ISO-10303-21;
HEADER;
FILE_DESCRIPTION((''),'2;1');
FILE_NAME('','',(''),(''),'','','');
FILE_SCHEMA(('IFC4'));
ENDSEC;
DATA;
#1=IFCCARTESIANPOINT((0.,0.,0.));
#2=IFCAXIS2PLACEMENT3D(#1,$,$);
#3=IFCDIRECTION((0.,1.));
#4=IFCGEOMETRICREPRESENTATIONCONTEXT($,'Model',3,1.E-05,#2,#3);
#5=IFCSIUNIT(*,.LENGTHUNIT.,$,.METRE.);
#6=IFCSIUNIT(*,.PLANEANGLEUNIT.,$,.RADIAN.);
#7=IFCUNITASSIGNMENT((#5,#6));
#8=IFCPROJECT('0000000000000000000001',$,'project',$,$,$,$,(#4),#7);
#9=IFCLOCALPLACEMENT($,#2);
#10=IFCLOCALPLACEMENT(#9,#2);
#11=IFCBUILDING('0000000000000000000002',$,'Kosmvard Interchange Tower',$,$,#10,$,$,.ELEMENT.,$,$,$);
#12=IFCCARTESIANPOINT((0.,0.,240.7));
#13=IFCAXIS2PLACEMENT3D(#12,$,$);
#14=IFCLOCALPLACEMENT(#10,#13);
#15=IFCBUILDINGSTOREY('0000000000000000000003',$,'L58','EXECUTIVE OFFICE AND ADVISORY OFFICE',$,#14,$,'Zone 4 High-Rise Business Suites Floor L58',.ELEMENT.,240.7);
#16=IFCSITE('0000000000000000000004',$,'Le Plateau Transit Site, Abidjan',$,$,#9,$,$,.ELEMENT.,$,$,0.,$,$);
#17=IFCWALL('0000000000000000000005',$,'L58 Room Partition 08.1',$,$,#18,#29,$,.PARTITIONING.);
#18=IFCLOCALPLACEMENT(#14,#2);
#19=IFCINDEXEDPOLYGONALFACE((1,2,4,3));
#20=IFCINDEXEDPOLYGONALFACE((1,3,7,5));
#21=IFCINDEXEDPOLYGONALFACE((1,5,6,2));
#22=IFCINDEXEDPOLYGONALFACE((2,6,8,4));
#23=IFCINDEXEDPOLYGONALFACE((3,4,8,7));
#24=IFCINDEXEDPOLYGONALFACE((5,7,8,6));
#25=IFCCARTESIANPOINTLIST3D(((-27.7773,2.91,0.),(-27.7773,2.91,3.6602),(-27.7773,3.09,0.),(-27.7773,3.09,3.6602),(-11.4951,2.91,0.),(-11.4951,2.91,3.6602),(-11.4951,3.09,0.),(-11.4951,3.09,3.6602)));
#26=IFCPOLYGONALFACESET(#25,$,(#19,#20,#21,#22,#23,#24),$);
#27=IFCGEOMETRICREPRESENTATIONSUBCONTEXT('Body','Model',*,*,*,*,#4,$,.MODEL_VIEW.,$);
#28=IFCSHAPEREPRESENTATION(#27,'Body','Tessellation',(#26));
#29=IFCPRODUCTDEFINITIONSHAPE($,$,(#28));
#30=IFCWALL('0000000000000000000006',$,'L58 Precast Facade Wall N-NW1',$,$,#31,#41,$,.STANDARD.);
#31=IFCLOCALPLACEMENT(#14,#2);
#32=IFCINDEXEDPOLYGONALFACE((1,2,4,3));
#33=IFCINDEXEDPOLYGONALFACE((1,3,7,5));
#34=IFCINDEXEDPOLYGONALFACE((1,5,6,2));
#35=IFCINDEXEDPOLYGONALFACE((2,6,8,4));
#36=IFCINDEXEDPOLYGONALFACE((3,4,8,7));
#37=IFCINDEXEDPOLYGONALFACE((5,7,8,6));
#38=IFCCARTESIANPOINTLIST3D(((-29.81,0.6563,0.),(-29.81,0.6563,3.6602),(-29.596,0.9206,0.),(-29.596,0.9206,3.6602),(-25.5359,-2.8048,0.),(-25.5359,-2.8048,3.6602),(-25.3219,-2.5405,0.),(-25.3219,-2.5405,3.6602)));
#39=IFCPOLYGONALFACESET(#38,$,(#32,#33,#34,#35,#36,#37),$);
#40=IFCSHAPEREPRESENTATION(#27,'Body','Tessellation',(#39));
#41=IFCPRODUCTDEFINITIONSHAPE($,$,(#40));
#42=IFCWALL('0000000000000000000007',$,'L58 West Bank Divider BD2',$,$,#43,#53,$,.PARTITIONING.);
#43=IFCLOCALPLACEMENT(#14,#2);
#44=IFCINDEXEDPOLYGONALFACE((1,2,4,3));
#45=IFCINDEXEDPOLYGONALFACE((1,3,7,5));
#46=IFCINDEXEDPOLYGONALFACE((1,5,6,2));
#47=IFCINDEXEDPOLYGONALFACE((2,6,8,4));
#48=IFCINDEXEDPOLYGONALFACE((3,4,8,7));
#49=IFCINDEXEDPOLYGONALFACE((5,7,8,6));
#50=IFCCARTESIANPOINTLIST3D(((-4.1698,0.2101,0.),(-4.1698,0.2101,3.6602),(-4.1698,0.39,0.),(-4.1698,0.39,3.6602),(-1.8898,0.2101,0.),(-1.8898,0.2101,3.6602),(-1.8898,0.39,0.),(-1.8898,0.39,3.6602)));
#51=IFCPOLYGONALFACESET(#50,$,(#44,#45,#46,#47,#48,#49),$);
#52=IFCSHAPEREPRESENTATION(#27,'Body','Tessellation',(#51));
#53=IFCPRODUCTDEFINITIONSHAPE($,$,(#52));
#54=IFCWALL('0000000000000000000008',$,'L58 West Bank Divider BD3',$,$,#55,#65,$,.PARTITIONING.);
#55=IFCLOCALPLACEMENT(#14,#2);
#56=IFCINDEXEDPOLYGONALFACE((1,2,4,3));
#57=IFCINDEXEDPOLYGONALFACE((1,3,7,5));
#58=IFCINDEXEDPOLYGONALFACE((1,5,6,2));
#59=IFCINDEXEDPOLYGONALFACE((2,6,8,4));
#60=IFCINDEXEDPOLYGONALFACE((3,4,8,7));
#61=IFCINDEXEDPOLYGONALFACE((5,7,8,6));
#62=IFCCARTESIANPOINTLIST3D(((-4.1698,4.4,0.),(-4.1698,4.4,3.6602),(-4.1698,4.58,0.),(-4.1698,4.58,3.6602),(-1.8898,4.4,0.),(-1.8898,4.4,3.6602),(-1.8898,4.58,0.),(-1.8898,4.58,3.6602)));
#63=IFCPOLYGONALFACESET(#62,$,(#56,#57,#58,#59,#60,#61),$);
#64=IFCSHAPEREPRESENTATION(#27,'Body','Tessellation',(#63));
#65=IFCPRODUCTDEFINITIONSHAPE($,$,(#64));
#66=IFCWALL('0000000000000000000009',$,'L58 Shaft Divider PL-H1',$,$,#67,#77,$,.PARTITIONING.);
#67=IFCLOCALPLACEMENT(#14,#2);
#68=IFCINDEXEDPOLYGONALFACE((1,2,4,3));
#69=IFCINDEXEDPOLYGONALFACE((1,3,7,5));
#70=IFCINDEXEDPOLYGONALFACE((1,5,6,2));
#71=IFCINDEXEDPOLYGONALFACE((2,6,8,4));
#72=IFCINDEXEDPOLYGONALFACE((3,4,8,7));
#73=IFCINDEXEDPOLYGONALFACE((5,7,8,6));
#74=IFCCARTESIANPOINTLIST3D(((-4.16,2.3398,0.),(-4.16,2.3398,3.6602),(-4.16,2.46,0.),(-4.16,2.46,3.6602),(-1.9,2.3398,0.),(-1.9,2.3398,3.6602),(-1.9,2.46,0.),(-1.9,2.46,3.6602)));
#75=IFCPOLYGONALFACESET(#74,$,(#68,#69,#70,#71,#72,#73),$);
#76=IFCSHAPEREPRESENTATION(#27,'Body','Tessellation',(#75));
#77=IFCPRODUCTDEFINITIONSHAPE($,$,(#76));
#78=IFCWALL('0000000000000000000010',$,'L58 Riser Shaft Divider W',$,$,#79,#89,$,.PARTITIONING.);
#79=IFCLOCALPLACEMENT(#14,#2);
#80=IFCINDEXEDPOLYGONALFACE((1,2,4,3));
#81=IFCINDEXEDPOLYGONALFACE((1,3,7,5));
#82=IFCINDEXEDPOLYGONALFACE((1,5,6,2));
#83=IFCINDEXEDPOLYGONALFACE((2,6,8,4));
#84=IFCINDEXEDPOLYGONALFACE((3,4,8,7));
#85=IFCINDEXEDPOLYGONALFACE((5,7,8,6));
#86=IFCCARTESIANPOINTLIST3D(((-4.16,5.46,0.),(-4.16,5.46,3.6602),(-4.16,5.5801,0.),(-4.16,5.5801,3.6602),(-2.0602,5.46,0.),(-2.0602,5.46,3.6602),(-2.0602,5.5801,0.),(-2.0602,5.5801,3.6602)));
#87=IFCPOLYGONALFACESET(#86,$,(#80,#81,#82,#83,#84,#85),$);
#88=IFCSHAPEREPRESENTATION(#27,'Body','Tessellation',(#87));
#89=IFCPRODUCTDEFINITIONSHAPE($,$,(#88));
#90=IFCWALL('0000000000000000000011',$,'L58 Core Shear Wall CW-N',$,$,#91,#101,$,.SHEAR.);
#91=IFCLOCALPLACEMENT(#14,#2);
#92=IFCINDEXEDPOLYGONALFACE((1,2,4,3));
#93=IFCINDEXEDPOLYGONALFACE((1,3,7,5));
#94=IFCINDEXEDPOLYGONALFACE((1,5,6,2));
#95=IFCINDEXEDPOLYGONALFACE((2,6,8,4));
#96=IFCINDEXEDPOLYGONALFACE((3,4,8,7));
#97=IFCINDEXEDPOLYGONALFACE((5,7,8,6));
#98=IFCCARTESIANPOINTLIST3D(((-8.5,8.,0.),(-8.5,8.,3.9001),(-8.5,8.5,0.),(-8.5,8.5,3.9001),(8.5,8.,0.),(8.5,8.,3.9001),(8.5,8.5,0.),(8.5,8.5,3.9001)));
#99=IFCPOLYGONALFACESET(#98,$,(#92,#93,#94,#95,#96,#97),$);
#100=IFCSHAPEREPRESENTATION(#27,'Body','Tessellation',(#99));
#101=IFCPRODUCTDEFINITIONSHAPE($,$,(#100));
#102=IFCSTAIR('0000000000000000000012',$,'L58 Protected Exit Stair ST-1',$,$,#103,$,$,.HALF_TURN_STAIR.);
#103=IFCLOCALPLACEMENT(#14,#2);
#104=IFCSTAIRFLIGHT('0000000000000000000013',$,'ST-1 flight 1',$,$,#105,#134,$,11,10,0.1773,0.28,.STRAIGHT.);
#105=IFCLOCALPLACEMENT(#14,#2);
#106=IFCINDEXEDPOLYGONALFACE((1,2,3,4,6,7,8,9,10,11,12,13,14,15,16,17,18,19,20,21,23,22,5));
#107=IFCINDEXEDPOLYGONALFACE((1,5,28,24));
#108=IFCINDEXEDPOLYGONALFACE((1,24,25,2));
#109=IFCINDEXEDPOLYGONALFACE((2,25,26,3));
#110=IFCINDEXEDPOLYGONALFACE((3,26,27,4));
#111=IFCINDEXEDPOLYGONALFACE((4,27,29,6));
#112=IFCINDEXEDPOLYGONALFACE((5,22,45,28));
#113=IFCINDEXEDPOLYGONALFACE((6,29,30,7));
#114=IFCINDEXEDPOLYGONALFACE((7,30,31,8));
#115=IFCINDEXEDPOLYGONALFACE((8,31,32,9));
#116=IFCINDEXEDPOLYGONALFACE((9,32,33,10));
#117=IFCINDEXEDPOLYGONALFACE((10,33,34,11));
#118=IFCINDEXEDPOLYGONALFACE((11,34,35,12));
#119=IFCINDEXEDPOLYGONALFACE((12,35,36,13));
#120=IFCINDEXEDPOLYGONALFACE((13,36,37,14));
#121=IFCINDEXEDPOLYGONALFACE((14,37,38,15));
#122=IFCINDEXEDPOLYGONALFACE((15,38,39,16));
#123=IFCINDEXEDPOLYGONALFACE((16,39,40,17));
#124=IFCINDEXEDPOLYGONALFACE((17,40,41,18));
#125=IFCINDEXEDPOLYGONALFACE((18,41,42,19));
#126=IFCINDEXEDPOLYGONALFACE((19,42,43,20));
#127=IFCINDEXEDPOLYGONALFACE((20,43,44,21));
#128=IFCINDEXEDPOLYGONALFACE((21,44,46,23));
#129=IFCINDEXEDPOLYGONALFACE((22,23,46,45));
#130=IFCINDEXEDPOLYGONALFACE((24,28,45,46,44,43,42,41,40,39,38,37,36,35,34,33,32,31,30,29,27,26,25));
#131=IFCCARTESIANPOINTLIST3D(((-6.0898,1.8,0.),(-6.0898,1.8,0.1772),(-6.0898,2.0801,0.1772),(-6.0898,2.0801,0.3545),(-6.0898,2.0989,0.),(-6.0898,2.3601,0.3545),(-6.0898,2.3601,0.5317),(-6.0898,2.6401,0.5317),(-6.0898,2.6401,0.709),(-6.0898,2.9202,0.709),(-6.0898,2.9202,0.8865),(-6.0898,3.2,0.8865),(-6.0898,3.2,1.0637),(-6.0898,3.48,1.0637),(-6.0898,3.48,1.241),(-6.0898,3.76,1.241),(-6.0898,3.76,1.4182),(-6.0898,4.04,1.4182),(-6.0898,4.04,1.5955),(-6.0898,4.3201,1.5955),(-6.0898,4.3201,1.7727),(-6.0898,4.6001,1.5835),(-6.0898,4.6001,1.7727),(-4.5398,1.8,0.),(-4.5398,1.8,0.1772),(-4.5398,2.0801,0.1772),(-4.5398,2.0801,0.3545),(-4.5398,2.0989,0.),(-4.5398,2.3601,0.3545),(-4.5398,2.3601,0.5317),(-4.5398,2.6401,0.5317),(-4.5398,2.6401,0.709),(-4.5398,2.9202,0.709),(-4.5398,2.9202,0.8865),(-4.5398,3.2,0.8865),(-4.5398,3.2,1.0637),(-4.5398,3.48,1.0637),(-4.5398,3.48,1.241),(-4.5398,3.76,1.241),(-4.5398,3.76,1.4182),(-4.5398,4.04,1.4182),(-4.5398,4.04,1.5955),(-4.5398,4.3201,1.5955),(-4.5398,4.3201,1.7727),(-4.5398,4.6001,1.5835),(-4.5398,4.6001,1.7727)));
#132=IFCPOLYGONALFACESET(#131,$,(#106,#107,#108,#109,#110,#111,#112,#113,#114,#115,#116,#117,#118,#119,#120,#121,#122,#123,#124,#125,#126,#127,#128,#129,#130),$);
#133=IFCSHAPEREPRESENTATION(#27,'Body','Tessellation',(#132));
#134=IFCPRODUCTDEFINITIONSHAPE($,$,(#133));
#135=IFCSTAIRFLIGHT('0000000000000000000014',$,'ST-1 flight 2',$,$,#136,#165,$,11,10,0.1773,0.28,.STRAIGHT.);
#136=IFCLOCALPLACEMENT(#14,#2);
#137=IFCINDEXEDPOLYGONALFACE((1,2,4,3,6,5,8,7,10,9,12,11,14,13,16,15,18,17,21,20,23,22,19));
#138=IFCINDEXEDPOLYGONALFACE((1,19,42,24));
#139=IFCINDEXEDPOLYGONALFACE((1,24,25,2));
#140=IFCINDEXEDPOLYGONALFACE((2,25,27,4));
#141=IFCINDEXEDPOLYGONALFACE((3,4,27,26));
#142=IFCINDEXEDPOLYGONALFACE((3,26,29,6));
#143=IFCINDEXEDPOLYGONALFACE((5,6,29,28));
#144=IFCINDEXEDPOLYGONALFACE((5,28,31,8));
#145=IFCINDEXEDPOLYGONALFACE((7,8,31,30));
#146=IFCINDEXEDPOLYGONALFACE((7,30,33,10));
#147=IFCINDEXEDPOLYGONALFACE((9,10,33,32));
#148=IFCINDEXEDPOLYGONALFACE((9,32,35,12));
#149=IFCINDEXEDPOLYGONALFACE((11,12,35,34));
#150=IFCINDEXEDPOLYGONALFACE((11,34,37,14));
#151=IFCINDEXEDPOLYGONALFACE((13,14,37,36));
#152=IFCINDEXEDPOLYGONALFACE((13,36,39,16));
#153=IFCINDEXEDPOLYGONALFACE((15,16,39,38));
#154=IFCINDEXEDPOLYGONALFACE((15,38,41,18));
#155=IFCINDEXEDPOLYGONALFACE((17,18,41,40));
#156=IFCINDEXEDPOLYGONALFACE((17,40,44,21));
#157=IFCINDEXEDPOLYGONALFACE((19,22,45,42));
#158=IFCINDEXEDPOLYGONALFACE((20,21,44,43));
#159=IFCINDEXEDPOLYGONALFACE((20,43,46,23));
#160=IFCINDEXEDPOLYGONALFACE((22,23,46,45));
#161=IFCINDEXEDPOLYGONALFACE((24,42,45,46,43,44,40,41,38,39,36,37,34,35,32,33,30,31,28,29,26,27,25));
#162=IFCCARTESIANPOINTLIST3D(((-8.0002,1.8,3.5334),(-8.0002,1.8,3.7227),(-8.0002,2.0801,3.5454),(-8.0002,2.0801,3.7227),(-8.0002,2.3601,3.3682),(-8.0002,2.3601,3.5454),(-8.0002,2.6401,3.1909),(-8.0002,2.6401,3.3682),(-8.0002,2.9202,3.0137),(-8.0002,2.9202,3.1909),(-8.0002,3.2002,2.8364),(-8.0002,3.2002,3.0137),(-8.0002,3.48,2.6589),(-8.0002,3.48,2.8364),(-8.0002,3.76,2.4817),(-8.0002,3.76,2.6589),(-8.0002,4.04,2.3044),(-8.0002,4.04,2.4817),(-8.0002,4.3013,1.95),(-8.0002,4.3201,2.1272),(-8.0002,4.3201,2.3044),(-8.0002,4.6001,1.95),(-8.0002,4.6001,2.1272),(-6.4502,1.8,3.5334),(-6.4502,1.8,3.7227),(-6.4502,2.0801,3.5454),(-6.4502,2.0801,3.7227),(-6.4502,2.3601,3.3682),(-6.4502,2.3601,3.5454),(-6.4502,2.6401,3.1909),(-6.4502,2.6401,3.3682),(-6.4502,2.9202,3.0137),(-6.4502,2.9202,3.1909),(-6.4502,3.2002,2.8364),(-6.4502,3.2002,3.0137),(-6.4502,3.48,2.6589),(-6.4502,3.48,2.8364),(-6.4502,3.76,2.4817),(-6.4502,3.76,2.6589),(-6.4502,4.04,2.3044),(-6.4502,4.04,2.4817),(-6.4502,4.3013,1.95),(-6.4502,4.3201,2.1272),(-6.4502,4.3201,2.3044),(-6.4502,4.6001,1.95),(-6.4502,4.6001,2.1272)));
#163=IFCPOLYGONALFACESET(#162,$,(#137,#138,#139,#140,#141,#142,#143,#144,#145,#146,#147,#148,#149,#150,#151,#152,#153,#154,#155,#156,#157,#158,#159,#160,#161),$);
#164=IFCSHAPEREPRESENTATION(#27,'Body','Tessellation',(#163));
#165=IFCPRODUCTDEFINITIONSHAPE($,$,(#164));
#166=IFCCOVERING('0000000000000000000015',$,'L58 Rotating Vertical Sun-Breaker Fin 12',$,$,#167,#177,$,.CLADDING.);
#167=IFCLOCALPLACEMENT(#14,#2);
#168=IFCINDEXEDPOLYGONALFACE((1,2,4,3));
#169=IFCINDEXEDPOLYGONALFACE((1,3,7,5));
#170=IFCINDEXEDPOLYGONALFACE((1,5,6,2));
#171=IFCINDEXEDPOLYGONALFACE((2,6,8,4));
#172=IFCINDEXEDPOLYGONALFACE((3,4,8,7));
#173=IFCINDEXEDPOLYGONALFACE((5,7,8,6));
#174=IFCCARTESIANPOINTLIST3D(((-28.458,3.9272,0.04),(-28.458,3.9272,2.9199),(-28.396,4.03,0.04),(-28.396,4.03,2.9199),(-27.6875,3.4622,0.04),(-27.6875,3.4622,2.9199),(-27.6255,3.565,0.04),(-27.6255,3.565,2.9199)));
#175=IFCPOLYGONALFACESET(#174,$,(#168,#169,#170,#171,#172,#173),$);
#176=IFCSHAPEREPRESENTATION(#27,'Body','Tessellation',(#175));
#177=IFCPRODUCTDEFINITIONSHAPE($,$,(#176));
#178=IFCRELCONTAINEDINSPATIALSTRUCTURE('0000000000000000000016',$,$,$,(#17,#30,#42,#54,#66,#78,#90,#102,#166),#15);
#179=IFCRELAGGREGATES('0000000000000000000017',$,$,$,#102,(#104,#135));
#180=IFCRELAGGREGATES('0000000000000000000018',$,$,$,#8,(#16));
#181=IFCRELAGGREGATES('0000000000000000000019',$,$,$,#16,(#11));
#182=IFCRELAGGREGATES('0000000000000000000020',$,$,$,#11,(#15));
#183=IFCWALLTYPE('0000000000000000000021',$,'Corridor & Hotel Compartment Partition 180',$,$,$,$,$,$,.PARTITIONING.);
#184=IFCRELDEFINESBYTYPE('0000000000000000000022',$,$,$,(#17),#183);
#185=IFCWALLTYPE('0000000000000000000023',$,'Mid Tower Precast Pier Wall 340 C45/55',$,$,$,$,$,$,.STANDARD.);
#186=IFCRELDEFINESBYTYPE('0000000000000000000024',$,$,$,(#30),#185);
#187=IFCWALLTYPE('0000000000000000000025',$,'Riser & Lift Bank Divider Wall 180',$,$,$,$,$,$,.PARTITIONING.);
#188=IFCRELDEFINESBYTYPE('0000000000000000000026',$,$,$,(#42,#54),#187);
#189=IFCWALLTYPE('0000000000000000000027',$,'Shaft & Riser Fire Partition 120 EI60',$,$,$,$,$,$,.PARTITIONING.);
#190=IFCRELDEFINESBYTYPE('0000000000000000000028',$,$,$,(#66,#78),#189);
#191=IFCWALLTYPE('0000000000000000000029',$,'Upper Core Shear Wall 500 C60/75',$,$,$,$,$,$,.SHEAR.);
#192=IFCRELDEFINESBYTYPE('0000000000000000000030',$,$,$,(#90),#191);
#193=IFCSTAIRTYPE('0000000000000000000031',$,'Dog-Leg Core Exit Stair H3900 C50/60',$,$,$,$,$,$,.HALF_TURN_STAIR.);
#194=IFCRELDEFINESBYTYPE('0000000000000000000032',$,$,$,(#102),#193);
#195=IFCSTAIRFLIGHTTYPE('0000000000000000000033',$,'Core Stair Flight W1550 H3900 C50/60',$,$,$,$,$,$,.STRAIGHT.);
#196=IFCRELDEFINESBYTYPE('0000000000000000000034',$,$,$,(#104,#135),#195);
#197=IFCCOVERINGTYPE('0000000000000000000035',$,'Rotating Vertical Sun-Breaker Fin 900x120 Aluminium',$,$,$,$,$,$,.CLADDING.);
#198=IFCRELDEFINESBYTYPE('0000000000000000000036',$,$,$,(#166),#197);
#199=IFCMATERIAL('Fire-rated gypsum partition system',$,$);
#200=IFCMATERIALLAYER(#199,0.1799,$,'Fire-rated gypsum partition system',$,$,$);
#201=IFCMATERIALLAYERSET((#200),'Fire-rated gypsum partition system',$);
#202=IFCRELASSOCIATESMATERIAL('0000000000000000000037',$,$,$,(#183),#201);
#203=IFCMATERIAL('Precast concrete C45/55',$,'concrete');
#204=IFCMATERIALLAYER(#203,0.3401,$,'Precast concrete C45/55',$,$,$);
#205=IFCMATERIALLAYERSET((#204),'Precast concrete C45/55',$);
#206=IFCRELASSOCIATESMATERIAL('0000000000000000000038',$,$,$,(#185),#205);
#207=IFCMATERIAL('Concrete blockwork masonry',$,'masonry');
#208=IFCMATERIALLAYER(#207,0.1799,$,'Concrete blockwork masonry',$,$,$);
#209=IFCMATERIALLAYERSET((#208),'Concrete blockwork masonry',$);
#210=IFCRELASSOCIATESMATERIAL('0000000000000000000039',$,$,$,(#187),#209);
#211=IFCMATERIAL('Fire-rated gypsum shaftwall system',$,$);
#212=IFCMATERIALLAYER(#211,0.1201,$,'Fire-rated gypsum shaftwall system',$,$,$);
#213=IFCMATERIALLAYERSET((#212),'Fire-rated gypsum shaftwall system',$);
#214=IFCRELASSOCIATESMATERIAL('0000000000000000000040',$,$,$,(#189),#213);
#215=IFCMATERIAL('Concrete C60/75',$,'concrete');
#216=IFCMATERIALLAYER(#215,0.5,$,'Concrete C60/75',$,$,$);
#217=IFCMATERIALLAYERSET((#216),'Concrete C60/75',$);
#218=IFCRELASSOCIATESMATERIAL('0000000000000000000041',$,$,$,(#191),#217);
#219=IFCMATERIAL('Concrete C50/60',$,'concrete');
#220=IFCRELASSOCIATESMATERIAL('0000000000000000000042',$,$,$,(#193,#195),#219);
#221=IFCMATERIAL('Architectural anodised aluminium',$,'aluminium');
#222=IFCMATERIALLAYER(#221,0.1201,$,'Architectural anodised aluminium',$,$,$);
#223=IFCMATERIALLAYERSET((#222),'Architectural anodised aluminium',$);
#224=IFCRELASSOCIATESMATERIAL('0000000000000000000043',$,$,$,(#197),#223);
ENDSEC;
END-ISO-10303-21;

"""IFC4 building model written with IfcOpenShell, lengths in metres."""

from ifc_helpers import new_model, si_unit, direction, frame, frame_2d, origin, origin_2d, place, context, subcontext, project, spatial, polyline, rectangle, outline, extrude, source, transform, mapped, material, layer, layer_set, type_object, element, aggregate, save


model = new_model("IFC4")

# Units and contexts
model_context = context("Model", 3, precision=1e-05, world=origin(), true_north=direction((0.0, 1.0)))
body_context = subcontext(model_context, "Body", "Model", "MODEL_VIEW")
ifc_project = project(units=[si_unit("LENGTHUNIT", "METRE"), si_unit("PLANEANGLEUNIT", "RADIAN")], contexts=[model_context])

# Site, building, storey
site_placement = place(None, origin())
site = spatial("IfcSite", under=ifc_project, at=site_placement, Name="Le Plateau Transit Site, Abidjan", CompositionType="ELEMENT", RefElevation=0.0)
building_placement = place(site_placement, origin())
building = spatial("IfcBuilding", under=site, at=building_placement, Name="Kosmvard Interchange Tower", CompositionType="ELEMENT")
storey_placement = place(building_placement, frame((0.0, 0.0, 240.7)))
storey = spatial("IfcBuildingStorey", under=building, at=storey_placement, Name="L58", Description="EXECUTIVE OFFICE AND ADVISORY OFFICE", LongName="Zone 4 High-Rise Business Suites Floor L58", CompositionType="ELEMENT", Elevation=240.7)

# Shared definitions
ifc_material_1 = material(Name="Concrete C60/75", Category="concrete")
ifc_material_2 = material(Name="Concrete C50/60", Category="concrete")

# Shared definitions
ifc_material_3 = material(Name="Precast concrete C45/55", Category="concrete")

# Shared definitions
ifc_material_4 = material(Name="Fire-rated gypsum partition system")

# Shared definitions
ifc_layer_1 = layer(ifc_material_4, 0.1799, Name="Fire-rated gypsum partition system")
ifc_layer_set_1 = layer_set([ifc_layer_1], Name="Fire-rated gypsum partition system")
wall_type_1 = type_object("IfcWallType", Name="Corridor & Hotel Compartment Partition 180", PredefinedType="PARTITIONING", material=ifc_layer_set_1)

# Walls
wall_1_placement = place(storey_placement, frame((-11.4951, 3.0, 0.0), z_axis=(0.0, 0.0, 1.0), x_axis=(-1.0, 0.0, 0.0)))
element("IfcWall", 1, at=wall_1_placement, inside=storey, type_object=wall_type_1, Name="L58 Room Partition 08.1", PredefinedType="PARTITIONING", context=body_context, shape_type="SweptSolid", body=[
    extrude(rectangle(XDim=16.2822, YDim=0.1799, at=frame_2d((8.1411, 0.0))), origin(), (0.0, 0.0, 1.0), 3.6602),
])
ifc_layer_2 = layer(ifc_material_3, 0.3401, Name="Precast concrete C45/55")
ifc_layer_set_2 = layer_set([ifc_layer_2], Name="Precast concrete C45/55")
wall_type_2 = type_object("IfcWallType", Name="Mid Tower Precast Pier Wall 340 C45/55", PredefinedType="STANDARD", material=ifc_layer_set_2)
wall_2_placement = place(storey_placement, frame((-29.7031, 0.7886, 0.0), z_axis=(0.0, 0.0, 1.0), x_axis=(0.777144, -0.629323, 0.0)))
element("IfcWall", 2, at=wall_2_placement, inside=storey, type_object=wall_type_2, Name="L58 Precast Facade Wall N-NW1", PredefinedType="STANDARD", context=body_context, shape_type="SweptSolid", body=[
    extrude(rectangle(XDim=5.4998, YDim=0.3401, at=frame_2d((2.75, 0.0))), origin(), (0.0, 0.0, 1.0), 3.6602),
])
ifc_material_5 = material(Name="Concrete blockwork masonry", Category="masonry")
ifc_layer_3 = layer(ifc_material_5, 0.1799, Name="Concrete blockwork masonry")
ifc_layer_set_3 = layer_set([ifc_layer_3], Name="Concrete blockwork masonry")
wall_type_3 = type_object("IfcWallType", Name="Riser & Lift Bank Divider Wall 180", PredefinedType="PARTITIONING", material=ifc_layer_set_3)
for number, where, z_axis, x_axis, name in (
    (3, (-4.1699, 0.3, 0.0), (0.0, 0.0, 1.0), (1.0, 0.0, 0.0), "L58 West Bank Divider BD2"),
    (4, (-4.1699, 4.49, 0.0), (0.0, 0.0, 1.0), (1.0, 0.0, 0.0), "L58 West Bank Divider BD3"),
):
    element("IfcWall", number, at=place(storey_placement, frame(where, z_axis=z_axis, x_axis=x_axis)), inside=storey, type_object=wall_type_3, Name=name, PredefinedType="PARTITIONING", context=body_context, shape_type="SweptSolid", body=[
        extrude(rectangle(XDim=2.28, YDim=0.1799, at=frame_2d((1.1401, 0.0))), origin(), (0.0, 0.0, 1.0), 3.6602),
    ])
ifc_material_6 = material(Name="Fire-rated gypsum shaftwall system")
ifc_layer_4 = layer(ifc_material_6, 0.1201, Name="Fire-rated gypsum shaftwall system")
ifc_layer_set_4 = layer_set([ifc_layer_4], Name="Fire-rated gypsum shaftwall system")
wall_type_4 = type_object("IfcWallType", Name="Shaft & Riser Fire Partition 120 EI60", PredefinedType="PARTITIONING", material=ifc_layer_set_4)
wall_3_placement = place(storey_placement, frame((-4.1599, 2.3999, 0.0), z_axis=(0.0, 0.0, 1.0), x_axis=(1.0, 0.0, 0.0)))
element("IfcWall", 5, at=wall_3_placement, inside=storey, type_object=wall_type_4, Name="L58 Shaft Divider PL-H1", PredefinedType="PARTITIONING", context=body_context, shape_type="SweptSolid", body=[
    extrude(rectangle(XDim=2.26, YDim=0.1201, at=frame_2d((1.1299, 0.0))), origin(), (0.0, 0.0, 1.0), 3.6602),
])
wall_4_placement = place(storey_placement, frame((-4.1599, 5.52, 0.0), z_axis=(0.0, 0.0, 1.0), x_axis=(1.0, 0.0, 0.0)))
element("IfcWall", 6, at=wall_4_placement, inside=storey, type_object=wall_type_4, Name="L58 Riser Shaft Divider W", PredefinedType="PARTITIONING", context=body_context, shape_type="SweptSolid", body=[
    extrude(rectangle(XDim=2.0999, YDim=0.1201, at=frame_2d((1.0498, 0.0))), origin(), (0.0, 0.0, 1.0), 3.6602),
])
ifc_layer_5 = layer(ifc_material_1, 0.5, Name="Concrete C60/75")
ifc_layer_set_5 = layer_set([ifc_layer_5], Name="Concrete C60/75")
wall_type_5 = type_object("IfcWallType", Name="Upper Core Shear Wall 500 C60/75", PredefinedType="SHEAR", material=ifc_layer_set_5)
wall_5_placement = place(storey_placement, frame((-8.5, 8.25, 0.0), z_axis=(0.0, 0.0, 1.0), x_axis=(1.0, 0.0, 0.0)))
element("IfcWall", 7, at=wall_5_placement, inside=storey, type_object=wall_type_5, Name="L58 Core Shear Wall CW-N", PredefinedType="SHEAR", context=body_context, shape_type="SweptSolid", body=[
    extrude(rectangle(XDim=17.0, YDim=0.5, at=frame_2d((8.5, 0.0))), origin(), (0.0, 0.0, 1.0), 3.9001),
])

# Stair, stair flights
stair_type = type_object("IfcStairType", Name="Dog-Leg Core Exit Stair H3900 C50/60", PredefinedType="HALF_TURN_STAIR", material=ifc_material_2)
stair_placement = place(storey_placement, origin())
stair = element("IfcStair", 8, at=stair_placement, inside=storey, type_object=stair_type, Name="L58 Protected Exit Stair ST-1", PredefinedType="HALF_TURN_STAIR")
stair_flight_type = type_object("IfcStairFlightType", Name="Core Stair Flight W1550 H3900 C50/60", PredefinedType="STRAIGHT", material=ifc_material_2)
shared_shape_1 = source(origin(), body_context, "Body", "SweptSolid", [
    extrude(outline(polyline([(0.0, 0.0), (0.0, 0.1772), (0.28, 0.1772), (0.28, 0.3545), (0.5601, 0.3545), (0.5601, 0.5317), (0.8401, 0.5317), (0.8401, 0.709), (1.1201, 0.709), (1.1201, 0.8865), (1.3999, 0.8865), (1.3999, 1.0637), (1.6799, 1.0637), (1.6799, 1.241), (1.96, 1.241), (1.96, 1.4182), (2.24, 1.4182), (2.24, 1.5955), (2.52, 1.5955), (2.52, 1.7727), (2.8, 1.7727), (2.8, 1.95), (2.8, 1.5835), (0.2988, 0.0), (0.0, 0.0)])), frame((0.0, 0.7749, 0.0), z_axis=(0.0, -1.0, 0.0), x_axis=(1.0, 0.0, 0.0)), (0.0, 0.0, 1.0), 1.55),
])
stair_flight_1_placement = place(storey_placement, frame((-5.3149, 1.8, 0.0), z_axis=(0.0, 0.0, 1.0), x_axis=(0.0, 1.0, 0.0)))
stair_flight_1 = element("IfcStairFlight", 9, at=stair_flight_1_placement, type_object=stair_flight_type, Name="ST-1 flight 1", NumberOfRisers=11, NumberOfTreads=10, PredefinedType="STRAIGHT", RiserHeight=0.1773, TreadLength=0.28, context=body_context, shape_type="MappedRepresentation", body=[
    mapped(shared_shape_1, transform((0.0, 0.0, 0.0), scale=1.0)),
])
stair_flight_2_placement = place(storey_placement, frame((-7.2251, 4.6001, 1.95), z_axis=(0.0, 0.0, 1.0), x_axis=(0.0, -1.0, 0.0)))
stair_flight_2 = element("IfcStairFlight", 10, at=stair_flight_2_placement, type_object=stair_flight_type, Name="ST-1 flight 2", NumberOfRisers=11, NumberOfTreads=10, PredefinedType="STRAIGHT", RiserHeight=0.1773, TreadLength=0.28, context=body_context, shape_type="MappedRepresentation", body=[
    mapped(shared_shape_1, transform((0.0, 0.0, 0.0), scale=1.0)),
])
aggregate(stair, [stair_flight_1, stair_flight_2])

# Covering
ifc_material_7 = material(Name="Architectural anodised aluminium", Category="aluminium")
ifc_layer_6 = layer(ifc_material_7, 0.1201, Name="Architectural anodised aluminium")
ifc_layer_set_6 = layer_set([ifc_layer_6], Name="Architectural anodised aluminium")
covering_type = type_object("IfcCoveringType", Name="Rotating Vertical Sun-Breaker Fin 900x120 Aluminium", PredefinedType="CLADDING", material=ifc_layer_set_6)
shared_shape_2 = source(origin(), body_context, "Body", "SweptSolid", [
    extrude(rectangle(XDim=0.8999, YDim=0.1201, at=origin_2d()), origin(), (0.0, 0.0, 1.0), 2.8799),
])
covering_placement = place(storey_placement, frame((-28.0417, 3.7461, 0.04), z_axis=(0.0, 0.0, 1.0), x_axis=(-0.856177, 0.516683, 0.0)))
element("IfcCovering", 11, at=covering_placement, inside=storey, type_object=covering_type, Name="L58 Rotating Vertical Sun-Breaker Fin 12", PredefinedType="CLADDING", context=body_context, shape_type="MappedRepresentation", body=[
    mapped(shared_shape_2, transform((0.0, 0.0, 0.0), scale=1.0)),
])

save(model, "model.ifc")
